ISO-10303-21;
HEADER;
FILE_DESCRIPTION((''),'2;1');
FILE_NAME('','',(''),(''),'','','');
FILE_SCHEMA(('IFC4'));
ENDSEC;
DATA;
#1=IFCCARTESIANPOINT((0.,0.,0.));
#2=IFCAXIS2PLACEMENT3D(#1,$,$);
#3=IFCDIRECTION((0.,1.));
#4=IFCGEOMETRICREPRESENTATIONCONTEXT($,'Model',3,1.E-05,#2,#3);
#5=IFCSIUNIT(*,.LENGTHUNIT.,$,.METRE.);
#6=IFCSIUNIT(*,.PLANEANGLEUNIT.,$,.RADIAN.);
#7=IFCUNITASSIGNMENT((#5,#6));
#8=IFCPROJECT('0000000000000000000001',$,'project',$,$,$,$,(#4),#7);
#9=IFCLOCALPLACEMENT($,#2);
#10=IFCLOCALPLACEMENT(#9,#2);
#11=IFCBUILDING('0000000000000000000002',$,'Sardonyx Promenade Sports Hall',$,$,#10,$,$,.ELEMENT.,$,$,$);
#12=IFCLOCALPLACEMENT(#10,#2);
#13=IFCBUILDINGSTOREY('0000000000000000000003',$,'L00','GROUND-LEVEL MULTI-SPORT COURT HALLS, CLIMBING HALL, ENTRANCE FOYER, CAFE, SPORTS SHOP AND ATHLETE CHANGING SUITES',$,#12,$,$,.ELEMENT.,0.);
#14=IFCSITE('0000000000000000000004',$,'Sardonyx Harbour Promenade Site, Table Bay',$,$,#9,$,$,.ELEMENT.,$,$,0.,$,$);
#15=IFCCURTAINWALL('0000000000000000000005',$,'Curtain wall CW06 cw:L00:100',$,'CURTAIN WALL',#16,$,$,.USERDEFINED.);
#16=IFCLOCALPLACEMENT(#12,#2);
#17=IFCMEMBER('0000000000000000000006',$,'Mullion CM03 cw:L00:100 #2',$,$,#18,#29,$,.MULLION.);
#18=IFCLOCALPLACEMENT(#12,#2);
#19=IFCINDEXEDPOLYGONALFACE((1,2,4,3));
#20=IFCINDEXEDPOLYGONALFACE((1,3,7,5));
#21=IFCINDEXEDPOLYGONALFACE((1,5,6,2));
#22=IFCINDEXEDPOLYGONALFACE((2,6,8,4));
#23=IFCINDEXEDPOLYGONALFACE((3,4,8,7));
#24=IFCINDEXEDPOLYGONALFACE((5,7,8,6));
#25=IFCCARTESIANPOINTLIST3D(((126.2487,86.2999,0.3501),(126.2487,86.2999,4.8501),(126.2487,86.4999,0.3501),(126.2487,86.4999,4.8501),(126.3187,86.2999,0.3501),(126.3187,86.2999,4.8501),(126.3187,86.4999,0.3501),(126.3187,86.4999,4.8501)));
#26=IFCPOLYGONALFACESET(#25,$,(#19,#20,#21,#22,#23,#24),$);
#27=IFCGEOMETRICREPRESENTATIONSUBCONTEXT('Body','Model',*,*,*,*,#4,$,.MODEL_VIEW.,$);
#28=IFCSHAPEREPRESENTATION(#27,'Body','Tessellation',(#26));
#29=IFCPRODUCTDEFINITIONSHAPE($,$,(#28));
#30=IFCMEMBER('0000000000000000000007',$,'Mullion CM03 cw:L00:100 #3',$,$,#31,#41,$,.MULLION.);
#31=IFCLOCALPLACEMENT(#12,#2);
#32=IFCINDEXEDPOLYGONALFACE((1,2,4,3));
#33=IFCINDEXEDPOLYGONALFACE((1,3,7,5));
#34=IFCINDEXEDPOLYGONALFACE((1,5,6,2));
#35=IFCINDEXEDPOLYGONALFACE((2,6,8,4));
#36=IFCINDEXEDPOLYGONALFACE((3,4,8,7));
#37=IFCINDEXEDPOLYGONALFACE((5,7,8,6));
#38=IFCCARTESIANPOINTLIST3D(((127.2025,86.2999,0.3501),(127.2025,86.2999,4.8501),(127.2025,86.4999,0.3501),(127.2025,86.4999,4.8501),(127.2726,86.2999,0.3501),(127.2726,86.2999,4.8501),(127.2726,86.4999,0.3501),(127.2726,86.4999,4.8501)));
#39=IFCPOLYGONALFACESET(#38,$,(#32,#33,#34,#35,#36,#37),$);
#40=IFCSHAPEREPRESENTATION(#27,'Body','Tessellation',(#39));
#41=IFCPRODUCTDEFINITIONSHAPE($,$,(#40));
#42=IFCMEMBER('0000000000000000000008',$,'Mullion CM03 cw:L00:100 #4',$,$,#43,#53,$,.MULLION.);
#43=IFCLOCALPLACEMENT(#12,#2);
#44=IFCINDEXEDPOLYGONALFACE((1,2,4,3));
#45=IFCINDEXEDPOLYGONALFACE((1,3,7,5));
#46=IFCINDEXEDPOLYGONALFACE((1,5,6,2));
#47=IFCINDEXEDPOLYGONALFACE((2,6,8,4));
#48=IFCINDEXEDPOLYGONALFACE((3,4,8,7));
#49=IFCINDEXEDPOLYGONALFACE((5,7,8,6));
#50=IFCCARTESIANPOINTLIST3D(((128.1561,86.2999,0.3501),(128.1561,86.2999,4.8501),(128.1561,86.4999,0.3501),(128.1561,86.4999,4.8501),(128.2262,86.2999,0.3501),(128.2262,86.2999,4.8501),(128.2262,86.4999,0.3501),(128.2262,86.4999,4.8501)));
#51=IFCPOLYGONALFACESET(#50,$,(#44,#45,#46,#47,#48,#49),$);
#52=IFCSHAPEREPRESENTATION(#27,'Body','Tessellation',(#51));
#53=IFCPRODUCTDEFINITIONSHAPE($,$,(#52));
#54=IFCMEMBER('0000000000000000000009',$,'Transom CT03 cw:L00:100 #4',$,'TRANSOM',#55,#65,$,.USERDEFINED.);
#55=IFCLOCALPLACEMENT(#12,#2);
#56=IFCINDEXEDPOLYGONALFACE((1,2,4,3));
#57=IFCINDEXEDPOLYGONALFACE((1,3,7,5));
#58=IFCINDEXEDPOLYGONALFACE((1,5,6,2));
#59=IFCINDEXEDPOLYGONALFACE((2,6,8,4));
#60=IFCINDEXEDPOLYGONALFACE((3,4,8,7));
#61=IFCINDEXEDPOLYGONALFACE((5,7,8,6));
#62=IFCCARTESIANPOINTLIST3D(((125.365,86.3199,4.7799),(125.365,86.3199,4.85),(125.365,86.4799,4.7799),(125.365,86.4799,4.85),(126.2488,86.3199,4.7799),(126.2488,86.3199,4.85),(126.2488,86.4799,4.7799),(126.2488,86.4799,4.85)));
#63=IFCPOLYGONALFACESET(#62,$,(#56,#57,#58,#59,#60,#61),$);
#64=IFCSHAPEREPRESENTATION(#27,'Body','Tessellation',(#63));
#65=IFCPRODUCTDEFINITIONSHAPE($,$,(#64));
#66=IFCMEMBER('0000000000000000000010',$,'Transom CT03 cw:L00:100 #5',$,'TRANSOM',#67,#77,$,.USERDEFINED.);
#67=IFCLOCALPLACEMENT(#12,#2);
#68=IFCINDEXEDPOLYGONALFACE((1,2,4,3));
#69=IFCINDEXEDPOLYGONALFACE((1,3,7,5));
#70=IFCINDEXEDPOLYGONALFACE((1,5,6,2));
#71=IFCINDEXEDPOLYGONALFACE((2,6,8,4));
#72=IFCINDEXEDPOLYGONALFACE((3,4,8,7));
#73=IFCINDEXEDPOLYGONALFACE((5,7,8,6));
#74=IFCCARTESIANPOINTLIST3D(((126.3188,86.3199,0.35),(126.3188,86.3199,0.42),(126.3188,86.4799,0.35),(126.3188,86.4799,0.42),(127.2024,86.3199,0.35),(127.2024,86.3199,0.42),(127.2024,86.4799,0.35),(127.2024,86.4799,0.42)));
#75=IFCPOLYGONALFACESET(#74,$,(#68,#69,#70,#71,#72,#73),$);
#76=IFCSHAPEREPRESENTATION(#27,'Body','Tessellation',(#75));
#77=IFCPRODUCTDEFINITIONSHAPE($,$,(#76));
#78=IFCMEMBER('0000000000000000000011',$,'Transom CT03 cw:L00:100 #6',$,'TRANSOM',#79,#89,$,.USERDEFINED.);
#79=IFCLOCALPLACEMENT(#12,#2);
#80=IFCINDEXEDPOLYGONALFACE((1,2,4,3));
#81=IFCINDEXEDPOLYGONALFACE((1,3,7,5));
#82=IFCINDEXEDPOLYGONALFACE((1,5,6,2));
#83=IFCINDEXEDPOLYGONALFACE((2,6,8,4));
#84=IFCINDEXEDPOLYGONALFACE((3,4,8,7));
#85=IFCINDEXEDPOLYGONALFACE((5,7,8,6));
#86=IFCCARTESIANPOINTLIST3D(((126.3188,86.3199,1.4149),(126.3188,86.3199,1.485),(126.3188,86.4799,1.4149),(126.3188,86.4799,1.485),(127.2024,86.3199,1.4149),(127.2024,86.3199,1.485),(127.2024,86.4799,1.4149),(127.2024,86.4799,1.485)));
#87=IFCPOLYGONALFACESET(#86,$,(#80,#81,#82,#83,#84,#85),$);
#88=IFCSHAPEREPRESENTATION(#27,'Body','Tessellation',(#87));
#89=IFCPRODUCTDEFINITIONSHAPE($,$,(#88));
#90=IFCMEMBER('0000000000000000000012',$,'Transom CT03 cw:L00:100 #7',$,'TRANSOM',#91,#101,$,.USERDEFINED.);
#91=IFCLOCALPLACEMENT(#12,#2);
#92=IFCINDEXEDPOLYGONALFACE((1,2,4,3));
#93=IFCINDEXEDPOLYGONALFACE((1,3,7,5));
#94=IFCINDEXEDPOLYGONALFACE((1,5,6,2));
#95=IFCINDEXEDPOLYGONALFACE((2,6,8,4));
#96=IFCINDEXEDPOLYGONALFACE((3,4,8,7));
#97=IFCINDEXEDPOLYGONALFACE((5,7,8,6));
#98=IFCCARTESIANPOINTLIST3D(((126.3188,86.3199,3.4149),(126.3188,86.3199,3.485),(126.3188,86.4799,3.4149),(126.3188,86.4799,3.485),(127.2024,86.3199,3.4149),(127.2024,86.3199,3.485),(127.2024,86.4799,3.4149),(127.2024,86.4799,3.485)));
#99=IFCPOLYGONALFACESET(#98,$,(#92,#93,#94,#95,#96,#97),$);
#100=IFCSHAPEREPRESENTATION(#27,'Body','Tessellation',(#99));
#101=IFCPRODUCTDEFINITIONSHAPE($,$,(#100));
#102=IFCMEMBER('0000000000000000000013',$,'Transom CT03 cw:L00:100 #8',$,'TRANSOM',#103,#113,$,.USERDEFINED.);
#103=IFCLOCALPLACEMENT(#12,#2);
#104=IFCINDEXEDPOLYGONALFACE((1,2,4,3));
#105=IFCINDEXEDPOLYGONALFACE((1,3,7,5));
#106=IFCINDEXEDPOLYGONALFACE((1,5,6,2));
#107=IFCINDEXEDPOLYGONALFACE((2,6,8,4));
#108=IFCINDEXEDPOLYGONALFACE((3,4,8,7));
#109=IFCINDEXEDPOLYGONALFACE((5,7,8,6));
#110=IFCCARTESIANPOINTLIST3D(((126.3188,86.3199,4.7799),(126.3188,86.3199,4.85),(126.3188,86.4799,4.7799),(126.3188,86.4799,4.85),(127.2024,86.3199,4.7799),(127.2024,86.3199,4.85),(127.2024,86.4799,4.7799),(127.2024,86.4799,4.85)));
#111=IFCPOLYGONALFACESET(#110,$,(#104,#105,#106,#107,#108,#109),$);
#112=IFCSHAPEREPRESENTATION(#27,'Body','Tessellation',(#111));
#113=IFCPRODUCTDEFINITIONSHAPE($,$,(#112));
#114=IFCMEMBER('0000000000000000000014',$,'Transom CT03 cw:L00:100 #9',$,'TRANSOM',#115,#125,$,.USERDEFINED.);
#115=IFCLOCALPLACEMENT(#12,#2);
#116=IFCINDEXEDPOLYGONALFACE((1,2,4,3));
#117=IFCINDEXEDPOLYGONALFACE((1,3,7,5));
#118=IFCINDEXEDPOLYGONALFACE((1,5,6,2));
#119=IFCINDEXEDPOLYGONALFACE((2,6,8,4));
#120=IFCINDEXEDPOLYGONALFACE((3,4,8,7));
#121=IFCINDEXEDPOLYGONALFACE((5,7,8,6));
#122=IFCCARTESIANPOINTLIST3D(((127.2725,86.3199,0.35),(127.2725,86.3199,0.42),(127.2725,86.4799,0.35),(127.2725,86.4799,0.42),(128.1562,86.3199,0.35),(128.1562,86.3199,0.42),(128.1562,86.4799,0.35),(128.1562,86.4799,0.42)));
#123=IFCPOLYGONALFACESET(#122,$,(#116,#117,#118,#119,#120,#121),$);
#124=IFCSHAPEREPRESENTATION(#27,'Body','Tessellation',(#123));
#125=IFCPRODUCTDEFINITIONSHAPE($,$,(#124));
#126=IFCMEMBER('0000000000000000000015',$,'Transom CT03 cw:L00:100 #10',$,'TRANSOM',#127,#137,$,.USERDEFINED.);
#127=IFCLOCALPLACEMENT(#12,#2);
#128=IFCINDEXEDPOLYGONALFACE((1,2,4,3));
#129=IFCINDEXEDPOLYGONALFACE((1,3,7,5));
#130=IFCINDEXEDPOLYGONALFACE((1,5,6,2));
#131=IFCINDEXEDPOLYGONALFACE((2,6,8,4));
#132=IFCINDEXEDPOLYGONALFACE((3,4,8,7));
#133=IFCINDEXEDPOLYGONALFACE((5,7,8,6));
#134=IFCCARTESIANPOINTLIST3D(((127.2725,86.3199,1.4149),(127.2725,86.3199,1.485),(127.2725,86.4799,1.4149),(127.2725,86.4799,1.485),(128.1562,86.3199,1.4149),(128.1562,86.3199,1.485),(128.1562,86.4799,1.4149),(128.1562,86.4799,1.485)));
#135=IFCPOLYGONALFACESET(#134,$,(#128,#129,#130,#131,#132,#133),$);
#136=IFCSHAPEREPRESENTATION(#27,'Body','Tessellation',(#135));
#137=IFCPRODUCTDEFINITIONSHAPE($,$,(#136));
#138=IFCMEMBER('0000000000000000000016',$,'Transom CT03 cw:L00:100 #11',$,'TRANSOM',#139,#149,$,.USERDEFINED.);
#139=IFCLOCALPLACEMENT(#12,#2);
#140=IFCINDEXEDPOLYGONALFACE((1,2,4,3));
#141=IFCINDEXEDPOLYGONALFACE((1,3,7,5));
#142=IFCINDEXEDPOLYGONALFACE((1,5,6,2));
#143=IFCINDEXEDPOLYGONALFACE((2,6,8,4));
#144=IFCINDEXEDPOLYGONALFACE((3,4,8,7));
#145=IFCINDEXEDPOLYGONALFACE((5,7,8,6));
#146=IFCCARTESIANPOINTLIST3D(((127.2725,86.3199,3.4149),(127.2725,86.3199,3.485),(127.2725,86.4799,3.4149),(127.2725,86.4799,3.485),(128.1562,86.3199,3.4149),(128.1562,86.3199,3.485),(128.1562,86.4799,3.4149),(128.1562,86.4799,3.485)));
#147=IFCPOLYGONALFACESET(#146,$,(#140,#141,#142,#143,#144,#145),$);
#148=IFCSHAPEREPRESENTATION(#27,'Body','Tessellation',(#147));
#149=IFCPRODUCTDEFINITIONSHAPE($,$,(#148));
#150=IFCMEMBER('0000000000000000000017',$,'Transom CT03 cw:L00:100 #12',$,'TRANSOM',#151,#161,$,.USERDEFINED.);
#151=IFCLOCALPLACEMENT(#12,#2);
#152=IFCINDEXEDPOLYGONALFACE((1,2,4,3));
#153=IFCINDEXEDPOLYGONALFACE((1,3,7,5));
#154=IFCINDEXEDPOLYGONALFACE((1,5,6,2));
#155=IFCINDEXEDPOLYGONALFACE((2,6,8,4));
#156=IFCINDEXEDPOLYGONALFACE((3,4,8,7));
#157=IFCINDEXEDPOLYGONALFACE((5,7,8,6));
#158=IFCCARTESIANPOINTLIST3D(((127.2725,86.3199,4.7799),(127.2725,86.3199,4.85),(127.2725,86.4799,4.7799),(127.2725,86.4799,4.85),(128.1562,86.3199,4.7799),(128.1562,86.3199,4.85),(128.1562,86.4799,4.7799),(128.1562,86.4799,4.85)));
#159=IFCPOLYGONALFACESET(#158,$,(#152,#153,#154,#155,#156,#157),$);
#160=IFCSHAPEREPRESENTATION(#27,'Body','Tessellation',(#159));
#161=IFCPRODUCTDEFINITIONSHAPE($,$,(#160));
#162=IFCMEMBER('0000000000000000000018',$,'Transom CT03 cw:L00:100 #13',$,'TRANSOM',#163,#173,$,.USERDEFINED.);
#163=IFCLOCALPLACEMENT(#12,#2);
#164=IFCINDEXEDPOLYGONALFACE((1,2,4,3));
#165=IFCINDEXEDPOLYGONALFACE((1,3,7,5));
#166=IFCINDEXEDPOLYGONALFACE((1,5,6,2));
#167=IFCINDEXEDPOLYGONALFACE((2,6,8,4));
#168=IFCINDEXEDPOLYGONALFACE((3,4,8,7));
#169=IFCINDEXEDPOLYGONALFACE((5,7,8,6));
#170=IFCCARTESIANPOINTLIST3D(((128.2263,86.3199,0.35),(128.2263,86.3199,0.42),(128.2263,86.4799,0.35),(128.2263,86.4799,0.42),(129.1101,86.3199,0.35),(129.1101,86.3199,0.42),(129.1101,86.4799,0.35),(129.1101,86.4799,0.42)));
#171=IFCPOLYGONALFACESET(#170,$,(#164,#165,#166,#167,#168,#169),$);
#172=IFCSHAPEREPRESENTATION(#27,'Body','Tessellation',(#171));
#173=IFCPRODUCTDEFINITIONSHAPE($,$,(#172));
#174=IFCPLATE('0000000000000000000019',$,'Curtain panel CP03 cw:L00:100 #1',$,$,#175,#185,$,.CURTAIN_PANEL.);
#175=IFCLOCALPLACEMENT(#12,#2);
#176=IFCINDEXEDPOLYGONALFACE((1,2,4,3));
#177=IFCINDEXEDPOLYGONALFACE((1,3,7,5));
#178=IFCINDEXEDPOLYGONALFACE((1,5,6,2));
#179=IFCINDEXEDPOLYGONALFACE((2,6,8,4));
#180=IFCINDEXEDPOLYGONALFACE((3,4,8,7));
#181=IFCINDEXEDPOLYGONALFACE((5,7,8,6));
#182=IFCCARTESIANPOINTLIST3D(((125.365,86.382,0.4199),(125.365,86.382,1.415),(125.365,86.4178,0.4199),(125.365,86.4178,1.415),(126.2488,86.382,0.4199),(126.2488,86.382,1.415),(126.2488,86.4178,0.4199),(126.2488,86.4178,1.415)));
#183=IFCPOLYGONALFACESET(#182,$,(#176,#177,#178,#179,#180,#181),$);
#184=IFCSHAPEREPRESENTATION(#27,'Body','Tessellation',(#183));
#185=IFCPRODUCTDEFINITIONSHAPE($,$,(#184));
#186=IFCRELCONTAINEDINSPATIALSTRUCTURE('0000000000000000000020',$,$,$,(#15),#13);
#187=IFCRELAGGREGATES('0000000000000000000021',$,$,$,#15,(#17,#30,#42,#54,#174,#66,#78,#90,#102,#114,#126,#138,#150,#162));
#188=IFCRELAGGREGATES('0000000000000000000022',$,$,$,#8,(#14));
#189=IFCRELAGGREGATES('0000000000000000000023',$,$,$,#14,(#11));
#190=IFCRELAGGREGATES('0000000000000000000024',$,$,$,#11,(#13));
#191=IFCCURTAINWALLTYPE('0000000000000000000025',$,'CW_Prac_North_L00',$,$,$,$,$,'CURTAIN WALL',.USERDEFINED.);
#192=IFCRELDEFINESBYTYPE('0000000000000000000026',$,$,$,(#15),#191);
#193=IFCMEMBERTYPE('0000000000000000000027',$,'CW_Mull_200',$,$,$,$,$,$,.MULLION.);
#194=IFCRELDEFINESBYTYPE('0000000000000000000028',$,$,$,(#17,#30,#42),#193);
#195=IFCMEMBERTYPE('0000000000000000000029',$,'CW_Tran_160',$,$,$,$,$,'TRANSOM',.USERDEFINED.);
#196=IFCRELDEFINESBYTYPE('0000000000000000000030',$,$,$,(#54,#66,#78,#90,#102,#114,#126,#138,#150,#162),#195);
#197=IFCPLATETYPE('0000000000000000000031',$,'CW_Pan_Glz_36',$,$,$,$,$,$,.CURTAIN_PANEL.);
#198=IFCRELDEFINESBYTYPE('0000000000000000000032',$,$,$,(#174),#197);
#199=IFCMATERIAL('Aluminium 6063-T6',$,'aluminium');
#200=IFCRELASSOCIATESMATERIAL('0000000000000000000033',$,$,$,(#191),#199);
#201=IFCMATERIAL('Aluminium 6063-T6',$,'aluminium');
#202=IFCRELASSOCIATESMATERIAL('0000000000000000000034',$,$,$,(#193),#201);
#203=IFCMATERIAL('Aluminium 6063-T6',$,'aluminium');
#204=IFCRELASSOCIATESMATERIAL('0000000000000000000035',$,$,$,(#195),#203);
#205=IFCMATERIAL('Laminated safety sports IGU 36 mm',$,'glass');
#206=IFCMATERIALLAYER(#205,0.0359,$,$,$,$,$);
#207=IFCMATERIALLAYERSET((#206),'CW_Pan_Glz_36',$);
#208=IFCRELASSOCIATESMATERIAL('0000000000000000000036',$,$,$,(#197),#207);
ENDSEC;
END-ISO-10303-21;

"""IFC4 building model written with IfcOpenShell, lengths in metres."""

from ifc_helpers import new_model, si_unit, direction, frame, origin, origin_2d, place, context, subcontext, project, spatial, rectangle, extrude, material, layer, layer_set, material_profile, profile_set, type_object, element, aggregate, save


model = new_model("IFC4")

# Units and contexts
model_context = context("Model", 3, precision=1e-05, world=origin(), true_north=direction((0.0, 1.0)))
body_context = subcontext(model_context, "Body", "Model", "MODEL_VIEW")
ifc_project = project(units=[si_unit("LENGTHUNIT", "METRE"), si_unit("PLANEANGLEUNIT", "RADIAN")], contexts=[model_context])

# Site, building, storey
site_placement = place(None, origin())
site = spatial("IfcSite", under=ifc_project, at=site_placement, Name="Sardonyx Harbour Promenade Site, Table Bay", CompositionType="ELEMENT", RefElevation=0.0)
building_placement = place(site_placement, origin())
building = spatial("IfcBuilding", under=site, at=building_placement, Name="Sardonyx Promenade Sports Hall", CompositionType="ELEMENT")
storey_placement = place(building_placement, origin())
storey = spatial("IfcBuildingStorey", under=building, at=storey_placement, Name="L00", Description="GROUND-LEVEL MULTI-SPORT COURT HALLS, CLIMBING HALL, ENTRANCE FOYER, CAFE, SPORTS SHOP AND ATHLETE CHANGING SUITES", CompositionType="ELEMENT", Elevation=0.0)

# Curtain wall, members, plate
ifc_material_1 = material(Name="Aluminium 6063-T6", Category="aluminium")
curtain_wall_type = type_object("IfcCurtainWallType", Name="CW_Prac_North_L00", ElementType="CURTAIN WALL", PredefinedType="USERDEFINED", material=ifc_material_1)
curtain_wall_placement = place(storey_placement, origin())
curtain_wall = element("IfcCurtainWall", 1, at=curtain_wall_placement, inside=storey, type_object=curtain_wall_type, Name="Curtain wall CW06 cw:L00:100", ObjectType="CURTAIN WALL", PredefinedType="USERDEFINED")
ifc_material_2 = material(Name="Aluminium 6063-T6", Category="aluminium")
ifc_material_profile_1 = material_profile(ifc_material_2, rectangle(XDim=0.0701, YDim=0.2, at=origin_2d()))
ifc_profile_set_1 = profile_set([ifc_material_profile_1], Name="Aluminium 6063-T6")
member_type_1 = type_object("IfcMemberType", Name="CW_Mull_200", PredefinedType="MULLION", material=ifc_profile_set_1)
member_1_placement = place(storey_placement, frame((126.2837, 86.3999, 0.3501), z_axis=(0.0, 0.0, 1.0), x_axis=(1.0, 0.0, 0.0)))
member_1 = element("IfcMember", 2, at=member_1_placement, type_object=member_type_1, Name="Mullion CM03 cw:L00:100 #2", PredefinedType="MULLION", context=body_context, shape_type="SweptSolid", body=[
    extrude(rectangle(XDim=0.0701, YDim=0.2, at=origin_2d()), origin(), (0.0, 0.0, 1.0), 4.5),
])
member_2_placement = place(storey_placement, frame((127.2375, 86.3999, 0.3501), z_axis=(0.0, 0.0, 1.0), x_axis=(1.0, 0.0, 0.0)))
member_2 = element("IfcMember", 3, at=member_2_placement, type_object=member_type_1, Name="Mullion CM03 cw:L00:100 #3", PredefinedType="MULLION", context=body_context, shape_type="SweptSolid", body=[
    extrude(rectangle(XDim=0.0701, YDim=0.2, at=origin_2d()), origin(), (0.0, 0.0, 1.0), 4.5),
])
member_3_placement = place(storey_placement, frame((128.1912, 86.3999, 0.3501), z_axis=(0.0, 0.0, 1.0), x_axis=(1.0, 0.0, 0.0)))
member_3 = element("IfcMember", 4, at=member_3_placement, type_object=member_type_1, Name="Mullion CM03 cw:L00:100 #4", PredefinedType="MULLION", context=body_context, shape_type="SweptSolid", body=[
    extrude(rectangle(XDim=0.0701, YDim=0.2, at=origin_2d()), origin(), (0.0, 0.0, 1.0), 4.5),
])
ifc_material_3 = material(Name="Aluminium 6063-T6", Category="aluminium")
ifc_material_profile_2 = material_profile(ifc_material_3, rectangle(XDim=0.0701, YDim=0.1599, at=origin_2d()))
ifc_profile_set_2 = profile_set([ifc_material_profile_2], Name="Aluminium 6063-T6")
member_type_2 = type_object("IfcMemberType", Name="CW_Tran_160", ElementType="TRANSOM", PredefinedType="USERDEFINED", material=ifc_profile_set_2)
member_4_placement = place(storey_placement, frame((125.365, 86.3999, 4.8149), z_axis=(1.0, 0.0, 0.0), x_axis=(0.0, 0.0, 1.0)))
member_4 = element("IfcMember", 5, at=member_4_placement, type_object=member_type_2, Name="Transom CT03 cw:L00:100 #4", ObjectType="TRANSOM", PredefinedType="USERDEFINED", context=body_context, shape_type="SweptSolid", body=[
    extrude(rectangle(XDim=0.0701, YDim=0.1599, at=origin_2d()), origin(), (0.0, 0.0, 1.0), 0.8838),
])
member_5_placement = place(storey_placement, frame((126.3188, 86.3999, 0.385), z_axis=(1.0, 0.0, 0.0), x_axis=(0.0, 0.0, 1.0)))
member_5 = element("IfcMember", 6, at=member_5_placement, type_object=member_type_2, Name="Transom CT03 cw:L00:100 #5", ObjectType="TRANSOM", PredefinedType="USERDEFINED", context=body_context, shape_type="SweptSolid", body=[
    extrude(rectangle(XDim=0.0701, YDim=0.1599, at=origin_2d()), origin(), (0.0, 0.0, 1.0), 0.8835),
])
member_6_placement = place(storey_placement, frame((126.3188, 86.3999, 1.45), z_axis=(1.0, 0.0, 0.0), x_axis=(0.0, 0.0, 1.0)))
member_6 = element("IfcMember", 7, at=member_6_placement, type_object=member_type_2, Name="Transom CT03 cw:L00:100 #6", ObjectType="TRANSOM", PredefinedType="USERDEFINED", context=body_context, shape_type="SweptSolid", body=[
    extrude(rectangle(XDim=0.0701, YDim=0.1599, at=origin_2d()), origin(), (0.0, 0.0, 1.0), 0.8835),
])
member_7_placement = place(storey_placement, frame((126.3188, 86.3999, 3.45), z_axis=(1.0, 0.0, 0.0), x_axis=(0.0, 0.0, 1.0)))
member_7 = element("IfcMember", 8, at=member_7_placement, type_object=member_type_2, Name="Transom CT03 cw:L00:100 #7", ObjectType="TRANSOM", PredefinedType="USERDEFINED", context=body_context, shape_type="SweptSolid", body=[
    extrude(rectangle(XDim=0.0701, YDim=0.1599, at=origin_2d()), origin(), (0.0, 0.0, 1.0), 0.8835),
])
member_8_placement = place(storey_placement, frame((126.3188, 86.3999, 4.8149), z_axis=(1.0, 0.0, 0.0), x_axis=(0.0, 0.0, 1.0)))
member_8 = element("IfcMember", 9, at=member_8_placement, type_object=member_type_2, Name="Transom CT03 cw:L00:100 #8", ObjectType="TRANSOM", PredefinedType="USERDEFINED", context=body_context, shape_type="SweptSolid", body=[
    extrude(rectangle(XDim=0.0701, YDim=0.1599, at=origin_2d()), origin(), (0.0, 0.0, 1.0), 0.8835),
])
member_9_placement = place(storey_placement, frame((127.2725, 86.3999, 0.385), z_axis=(1.0, 0.0, 0.0), x_axis=(0.0, 0.0, 1.0)))
member_9 = element("IfcMember", 10, at=member_9_placement, type_object=member_type_2, Name="Transom CT03 cw:L00:100 #9", ObjectType="TRANSOM", PredefinedType="USERDEFINED", context=body_context, shape_type="SweptSolid", body=[
    extrude(rectangle(XDim=0.0701, YDim=0.1599, at=origin_2d()), origin(), (0.0, 0.0, 1.0), 0.8838),
])
member_10_placement = place(storey_placement, frame((127.2725, 86.3999, 1.45), z_axis=(1.0, 0.0, 0.0), x_axis=(0.0, 0.0, 1.0)))
member_10 = element("IfcMember", 11, at=member_10_placement, type_object=member_type_2, Name="Transom CT03 cw:L00:100 #10", ObjectType="TRANSOM", PredefinedType="USERDEFINED", context=body_context, shape_type="SweptSolid", body=[
    extrude(rectangle(XDim=0.0701, YDim=0.1599, at=origin_2d()), origin(), (0.0, 0.0, 1.0), 0.8838),
])
member_11_placement = place(storey_placement, frame((127.2725, 86.3999, 3.45), z_axis=(1.0, 0.0, 0.0), x_axis=(0.0, 0.0, 1.0)))
member_11 = element("IfcMember", 12, at=member_11_placement, type_object=member_type_2, Name="Transom CT03 cw:L00:100 #11", ObjectType="TRANSOM", PredefinedType="USERDEFINED", context=body_context, shape_type="SweptSolid", body=[
    extrude(rectangle(XDim=0.0701, YDim=0.1599, at=origin_2d()), origin(), (0.0, 0.0, 1.0), 0.8838),
])
member_12_placement = place(storey_placement, frame((127.2725, 86.3999, 4.8149), z_axis=(1.0, 0.0, 0.0), x_axis=(0.0, 0.0, 1.0)))
member_12 = element("IfcMember", 13, at=member_12_placement, type_object=member_type_2, Name="Transom CT03 cw:L00:100 #12", ObjectType="TRANSOM", PredefinedType="USERDEFINED", context=body_context, shape_type="SweptSolid", body=[
    extrude(rectangle(XDim=0.0701, YDim=0.1599, at=origin_2d()), origin(), (0.0, 0.0, 1.0), 0.8838),
])
member_13_placement = place(storey_placement, frame((128.2263, 86.3999, 0.385), z_axis=(1.0, 0.0, 0.0), x_axis=(0.0, 0.0, 1.0)))
member_13 = element("IfcMember", 14, at=member_13_placement, type_object=member_type_2, Name="Transom CT03 cw:L00:100 #13", ObjectType="TRANSOM", PredefinedType="USERDEFINED", context=body_context, shape_type="SweptSolid", body=[
    extrude(rectangle(XDim=0.0701, YDim=0.1599, at=origin_2d()), origin(), (0.0, 0.0, 1.0), 0.8838),
])
ifc_material_4 = material(Name="Laminated safety sports IGU 36 mm", Category="glass")
ifc_layer_1 = layer(ifc_material_4, 0.0359)
ifc_layer_set_1 = layer_set([ifc_layer_1], Name="CW_Pan_Glz_36")
plate_type = type_object("IfcPlateType", Name="CW_Pan_Glz_36", PredefinedType="CURTAIN_PANEL", material=ifc_layer_set_1)
plate_1_placement = place(storey_placement, frame((125.8069, 86.3999, 0.4199), z_axis=(0.0, 0.0, 1.0), x_axis=(1.0, 0.0, 0.0)))
plate_1 = element("IfcPlate", 15, at=plate_1_placement, type_object=plate_type, Name="Curtain panel CP03 cw:L00:100 #1", PredefinedType="CURTAIN_PANEL", context=body_context, shape_type="SweptSolid", body=[
    extrude(rectangle(XDim=0.8838, YDim=0.0359, at=origin_2d()), origin(), (0.0, 0.0, 1.0), 0.9951),
])
aggregate(curtain_wall, [member_1, member_2, member_3, member_4, plate_1, member_5, member_6, member_7, member_8, member_9, member_10, member_11, member_12, member_13])

save(model, "model.ifc")
